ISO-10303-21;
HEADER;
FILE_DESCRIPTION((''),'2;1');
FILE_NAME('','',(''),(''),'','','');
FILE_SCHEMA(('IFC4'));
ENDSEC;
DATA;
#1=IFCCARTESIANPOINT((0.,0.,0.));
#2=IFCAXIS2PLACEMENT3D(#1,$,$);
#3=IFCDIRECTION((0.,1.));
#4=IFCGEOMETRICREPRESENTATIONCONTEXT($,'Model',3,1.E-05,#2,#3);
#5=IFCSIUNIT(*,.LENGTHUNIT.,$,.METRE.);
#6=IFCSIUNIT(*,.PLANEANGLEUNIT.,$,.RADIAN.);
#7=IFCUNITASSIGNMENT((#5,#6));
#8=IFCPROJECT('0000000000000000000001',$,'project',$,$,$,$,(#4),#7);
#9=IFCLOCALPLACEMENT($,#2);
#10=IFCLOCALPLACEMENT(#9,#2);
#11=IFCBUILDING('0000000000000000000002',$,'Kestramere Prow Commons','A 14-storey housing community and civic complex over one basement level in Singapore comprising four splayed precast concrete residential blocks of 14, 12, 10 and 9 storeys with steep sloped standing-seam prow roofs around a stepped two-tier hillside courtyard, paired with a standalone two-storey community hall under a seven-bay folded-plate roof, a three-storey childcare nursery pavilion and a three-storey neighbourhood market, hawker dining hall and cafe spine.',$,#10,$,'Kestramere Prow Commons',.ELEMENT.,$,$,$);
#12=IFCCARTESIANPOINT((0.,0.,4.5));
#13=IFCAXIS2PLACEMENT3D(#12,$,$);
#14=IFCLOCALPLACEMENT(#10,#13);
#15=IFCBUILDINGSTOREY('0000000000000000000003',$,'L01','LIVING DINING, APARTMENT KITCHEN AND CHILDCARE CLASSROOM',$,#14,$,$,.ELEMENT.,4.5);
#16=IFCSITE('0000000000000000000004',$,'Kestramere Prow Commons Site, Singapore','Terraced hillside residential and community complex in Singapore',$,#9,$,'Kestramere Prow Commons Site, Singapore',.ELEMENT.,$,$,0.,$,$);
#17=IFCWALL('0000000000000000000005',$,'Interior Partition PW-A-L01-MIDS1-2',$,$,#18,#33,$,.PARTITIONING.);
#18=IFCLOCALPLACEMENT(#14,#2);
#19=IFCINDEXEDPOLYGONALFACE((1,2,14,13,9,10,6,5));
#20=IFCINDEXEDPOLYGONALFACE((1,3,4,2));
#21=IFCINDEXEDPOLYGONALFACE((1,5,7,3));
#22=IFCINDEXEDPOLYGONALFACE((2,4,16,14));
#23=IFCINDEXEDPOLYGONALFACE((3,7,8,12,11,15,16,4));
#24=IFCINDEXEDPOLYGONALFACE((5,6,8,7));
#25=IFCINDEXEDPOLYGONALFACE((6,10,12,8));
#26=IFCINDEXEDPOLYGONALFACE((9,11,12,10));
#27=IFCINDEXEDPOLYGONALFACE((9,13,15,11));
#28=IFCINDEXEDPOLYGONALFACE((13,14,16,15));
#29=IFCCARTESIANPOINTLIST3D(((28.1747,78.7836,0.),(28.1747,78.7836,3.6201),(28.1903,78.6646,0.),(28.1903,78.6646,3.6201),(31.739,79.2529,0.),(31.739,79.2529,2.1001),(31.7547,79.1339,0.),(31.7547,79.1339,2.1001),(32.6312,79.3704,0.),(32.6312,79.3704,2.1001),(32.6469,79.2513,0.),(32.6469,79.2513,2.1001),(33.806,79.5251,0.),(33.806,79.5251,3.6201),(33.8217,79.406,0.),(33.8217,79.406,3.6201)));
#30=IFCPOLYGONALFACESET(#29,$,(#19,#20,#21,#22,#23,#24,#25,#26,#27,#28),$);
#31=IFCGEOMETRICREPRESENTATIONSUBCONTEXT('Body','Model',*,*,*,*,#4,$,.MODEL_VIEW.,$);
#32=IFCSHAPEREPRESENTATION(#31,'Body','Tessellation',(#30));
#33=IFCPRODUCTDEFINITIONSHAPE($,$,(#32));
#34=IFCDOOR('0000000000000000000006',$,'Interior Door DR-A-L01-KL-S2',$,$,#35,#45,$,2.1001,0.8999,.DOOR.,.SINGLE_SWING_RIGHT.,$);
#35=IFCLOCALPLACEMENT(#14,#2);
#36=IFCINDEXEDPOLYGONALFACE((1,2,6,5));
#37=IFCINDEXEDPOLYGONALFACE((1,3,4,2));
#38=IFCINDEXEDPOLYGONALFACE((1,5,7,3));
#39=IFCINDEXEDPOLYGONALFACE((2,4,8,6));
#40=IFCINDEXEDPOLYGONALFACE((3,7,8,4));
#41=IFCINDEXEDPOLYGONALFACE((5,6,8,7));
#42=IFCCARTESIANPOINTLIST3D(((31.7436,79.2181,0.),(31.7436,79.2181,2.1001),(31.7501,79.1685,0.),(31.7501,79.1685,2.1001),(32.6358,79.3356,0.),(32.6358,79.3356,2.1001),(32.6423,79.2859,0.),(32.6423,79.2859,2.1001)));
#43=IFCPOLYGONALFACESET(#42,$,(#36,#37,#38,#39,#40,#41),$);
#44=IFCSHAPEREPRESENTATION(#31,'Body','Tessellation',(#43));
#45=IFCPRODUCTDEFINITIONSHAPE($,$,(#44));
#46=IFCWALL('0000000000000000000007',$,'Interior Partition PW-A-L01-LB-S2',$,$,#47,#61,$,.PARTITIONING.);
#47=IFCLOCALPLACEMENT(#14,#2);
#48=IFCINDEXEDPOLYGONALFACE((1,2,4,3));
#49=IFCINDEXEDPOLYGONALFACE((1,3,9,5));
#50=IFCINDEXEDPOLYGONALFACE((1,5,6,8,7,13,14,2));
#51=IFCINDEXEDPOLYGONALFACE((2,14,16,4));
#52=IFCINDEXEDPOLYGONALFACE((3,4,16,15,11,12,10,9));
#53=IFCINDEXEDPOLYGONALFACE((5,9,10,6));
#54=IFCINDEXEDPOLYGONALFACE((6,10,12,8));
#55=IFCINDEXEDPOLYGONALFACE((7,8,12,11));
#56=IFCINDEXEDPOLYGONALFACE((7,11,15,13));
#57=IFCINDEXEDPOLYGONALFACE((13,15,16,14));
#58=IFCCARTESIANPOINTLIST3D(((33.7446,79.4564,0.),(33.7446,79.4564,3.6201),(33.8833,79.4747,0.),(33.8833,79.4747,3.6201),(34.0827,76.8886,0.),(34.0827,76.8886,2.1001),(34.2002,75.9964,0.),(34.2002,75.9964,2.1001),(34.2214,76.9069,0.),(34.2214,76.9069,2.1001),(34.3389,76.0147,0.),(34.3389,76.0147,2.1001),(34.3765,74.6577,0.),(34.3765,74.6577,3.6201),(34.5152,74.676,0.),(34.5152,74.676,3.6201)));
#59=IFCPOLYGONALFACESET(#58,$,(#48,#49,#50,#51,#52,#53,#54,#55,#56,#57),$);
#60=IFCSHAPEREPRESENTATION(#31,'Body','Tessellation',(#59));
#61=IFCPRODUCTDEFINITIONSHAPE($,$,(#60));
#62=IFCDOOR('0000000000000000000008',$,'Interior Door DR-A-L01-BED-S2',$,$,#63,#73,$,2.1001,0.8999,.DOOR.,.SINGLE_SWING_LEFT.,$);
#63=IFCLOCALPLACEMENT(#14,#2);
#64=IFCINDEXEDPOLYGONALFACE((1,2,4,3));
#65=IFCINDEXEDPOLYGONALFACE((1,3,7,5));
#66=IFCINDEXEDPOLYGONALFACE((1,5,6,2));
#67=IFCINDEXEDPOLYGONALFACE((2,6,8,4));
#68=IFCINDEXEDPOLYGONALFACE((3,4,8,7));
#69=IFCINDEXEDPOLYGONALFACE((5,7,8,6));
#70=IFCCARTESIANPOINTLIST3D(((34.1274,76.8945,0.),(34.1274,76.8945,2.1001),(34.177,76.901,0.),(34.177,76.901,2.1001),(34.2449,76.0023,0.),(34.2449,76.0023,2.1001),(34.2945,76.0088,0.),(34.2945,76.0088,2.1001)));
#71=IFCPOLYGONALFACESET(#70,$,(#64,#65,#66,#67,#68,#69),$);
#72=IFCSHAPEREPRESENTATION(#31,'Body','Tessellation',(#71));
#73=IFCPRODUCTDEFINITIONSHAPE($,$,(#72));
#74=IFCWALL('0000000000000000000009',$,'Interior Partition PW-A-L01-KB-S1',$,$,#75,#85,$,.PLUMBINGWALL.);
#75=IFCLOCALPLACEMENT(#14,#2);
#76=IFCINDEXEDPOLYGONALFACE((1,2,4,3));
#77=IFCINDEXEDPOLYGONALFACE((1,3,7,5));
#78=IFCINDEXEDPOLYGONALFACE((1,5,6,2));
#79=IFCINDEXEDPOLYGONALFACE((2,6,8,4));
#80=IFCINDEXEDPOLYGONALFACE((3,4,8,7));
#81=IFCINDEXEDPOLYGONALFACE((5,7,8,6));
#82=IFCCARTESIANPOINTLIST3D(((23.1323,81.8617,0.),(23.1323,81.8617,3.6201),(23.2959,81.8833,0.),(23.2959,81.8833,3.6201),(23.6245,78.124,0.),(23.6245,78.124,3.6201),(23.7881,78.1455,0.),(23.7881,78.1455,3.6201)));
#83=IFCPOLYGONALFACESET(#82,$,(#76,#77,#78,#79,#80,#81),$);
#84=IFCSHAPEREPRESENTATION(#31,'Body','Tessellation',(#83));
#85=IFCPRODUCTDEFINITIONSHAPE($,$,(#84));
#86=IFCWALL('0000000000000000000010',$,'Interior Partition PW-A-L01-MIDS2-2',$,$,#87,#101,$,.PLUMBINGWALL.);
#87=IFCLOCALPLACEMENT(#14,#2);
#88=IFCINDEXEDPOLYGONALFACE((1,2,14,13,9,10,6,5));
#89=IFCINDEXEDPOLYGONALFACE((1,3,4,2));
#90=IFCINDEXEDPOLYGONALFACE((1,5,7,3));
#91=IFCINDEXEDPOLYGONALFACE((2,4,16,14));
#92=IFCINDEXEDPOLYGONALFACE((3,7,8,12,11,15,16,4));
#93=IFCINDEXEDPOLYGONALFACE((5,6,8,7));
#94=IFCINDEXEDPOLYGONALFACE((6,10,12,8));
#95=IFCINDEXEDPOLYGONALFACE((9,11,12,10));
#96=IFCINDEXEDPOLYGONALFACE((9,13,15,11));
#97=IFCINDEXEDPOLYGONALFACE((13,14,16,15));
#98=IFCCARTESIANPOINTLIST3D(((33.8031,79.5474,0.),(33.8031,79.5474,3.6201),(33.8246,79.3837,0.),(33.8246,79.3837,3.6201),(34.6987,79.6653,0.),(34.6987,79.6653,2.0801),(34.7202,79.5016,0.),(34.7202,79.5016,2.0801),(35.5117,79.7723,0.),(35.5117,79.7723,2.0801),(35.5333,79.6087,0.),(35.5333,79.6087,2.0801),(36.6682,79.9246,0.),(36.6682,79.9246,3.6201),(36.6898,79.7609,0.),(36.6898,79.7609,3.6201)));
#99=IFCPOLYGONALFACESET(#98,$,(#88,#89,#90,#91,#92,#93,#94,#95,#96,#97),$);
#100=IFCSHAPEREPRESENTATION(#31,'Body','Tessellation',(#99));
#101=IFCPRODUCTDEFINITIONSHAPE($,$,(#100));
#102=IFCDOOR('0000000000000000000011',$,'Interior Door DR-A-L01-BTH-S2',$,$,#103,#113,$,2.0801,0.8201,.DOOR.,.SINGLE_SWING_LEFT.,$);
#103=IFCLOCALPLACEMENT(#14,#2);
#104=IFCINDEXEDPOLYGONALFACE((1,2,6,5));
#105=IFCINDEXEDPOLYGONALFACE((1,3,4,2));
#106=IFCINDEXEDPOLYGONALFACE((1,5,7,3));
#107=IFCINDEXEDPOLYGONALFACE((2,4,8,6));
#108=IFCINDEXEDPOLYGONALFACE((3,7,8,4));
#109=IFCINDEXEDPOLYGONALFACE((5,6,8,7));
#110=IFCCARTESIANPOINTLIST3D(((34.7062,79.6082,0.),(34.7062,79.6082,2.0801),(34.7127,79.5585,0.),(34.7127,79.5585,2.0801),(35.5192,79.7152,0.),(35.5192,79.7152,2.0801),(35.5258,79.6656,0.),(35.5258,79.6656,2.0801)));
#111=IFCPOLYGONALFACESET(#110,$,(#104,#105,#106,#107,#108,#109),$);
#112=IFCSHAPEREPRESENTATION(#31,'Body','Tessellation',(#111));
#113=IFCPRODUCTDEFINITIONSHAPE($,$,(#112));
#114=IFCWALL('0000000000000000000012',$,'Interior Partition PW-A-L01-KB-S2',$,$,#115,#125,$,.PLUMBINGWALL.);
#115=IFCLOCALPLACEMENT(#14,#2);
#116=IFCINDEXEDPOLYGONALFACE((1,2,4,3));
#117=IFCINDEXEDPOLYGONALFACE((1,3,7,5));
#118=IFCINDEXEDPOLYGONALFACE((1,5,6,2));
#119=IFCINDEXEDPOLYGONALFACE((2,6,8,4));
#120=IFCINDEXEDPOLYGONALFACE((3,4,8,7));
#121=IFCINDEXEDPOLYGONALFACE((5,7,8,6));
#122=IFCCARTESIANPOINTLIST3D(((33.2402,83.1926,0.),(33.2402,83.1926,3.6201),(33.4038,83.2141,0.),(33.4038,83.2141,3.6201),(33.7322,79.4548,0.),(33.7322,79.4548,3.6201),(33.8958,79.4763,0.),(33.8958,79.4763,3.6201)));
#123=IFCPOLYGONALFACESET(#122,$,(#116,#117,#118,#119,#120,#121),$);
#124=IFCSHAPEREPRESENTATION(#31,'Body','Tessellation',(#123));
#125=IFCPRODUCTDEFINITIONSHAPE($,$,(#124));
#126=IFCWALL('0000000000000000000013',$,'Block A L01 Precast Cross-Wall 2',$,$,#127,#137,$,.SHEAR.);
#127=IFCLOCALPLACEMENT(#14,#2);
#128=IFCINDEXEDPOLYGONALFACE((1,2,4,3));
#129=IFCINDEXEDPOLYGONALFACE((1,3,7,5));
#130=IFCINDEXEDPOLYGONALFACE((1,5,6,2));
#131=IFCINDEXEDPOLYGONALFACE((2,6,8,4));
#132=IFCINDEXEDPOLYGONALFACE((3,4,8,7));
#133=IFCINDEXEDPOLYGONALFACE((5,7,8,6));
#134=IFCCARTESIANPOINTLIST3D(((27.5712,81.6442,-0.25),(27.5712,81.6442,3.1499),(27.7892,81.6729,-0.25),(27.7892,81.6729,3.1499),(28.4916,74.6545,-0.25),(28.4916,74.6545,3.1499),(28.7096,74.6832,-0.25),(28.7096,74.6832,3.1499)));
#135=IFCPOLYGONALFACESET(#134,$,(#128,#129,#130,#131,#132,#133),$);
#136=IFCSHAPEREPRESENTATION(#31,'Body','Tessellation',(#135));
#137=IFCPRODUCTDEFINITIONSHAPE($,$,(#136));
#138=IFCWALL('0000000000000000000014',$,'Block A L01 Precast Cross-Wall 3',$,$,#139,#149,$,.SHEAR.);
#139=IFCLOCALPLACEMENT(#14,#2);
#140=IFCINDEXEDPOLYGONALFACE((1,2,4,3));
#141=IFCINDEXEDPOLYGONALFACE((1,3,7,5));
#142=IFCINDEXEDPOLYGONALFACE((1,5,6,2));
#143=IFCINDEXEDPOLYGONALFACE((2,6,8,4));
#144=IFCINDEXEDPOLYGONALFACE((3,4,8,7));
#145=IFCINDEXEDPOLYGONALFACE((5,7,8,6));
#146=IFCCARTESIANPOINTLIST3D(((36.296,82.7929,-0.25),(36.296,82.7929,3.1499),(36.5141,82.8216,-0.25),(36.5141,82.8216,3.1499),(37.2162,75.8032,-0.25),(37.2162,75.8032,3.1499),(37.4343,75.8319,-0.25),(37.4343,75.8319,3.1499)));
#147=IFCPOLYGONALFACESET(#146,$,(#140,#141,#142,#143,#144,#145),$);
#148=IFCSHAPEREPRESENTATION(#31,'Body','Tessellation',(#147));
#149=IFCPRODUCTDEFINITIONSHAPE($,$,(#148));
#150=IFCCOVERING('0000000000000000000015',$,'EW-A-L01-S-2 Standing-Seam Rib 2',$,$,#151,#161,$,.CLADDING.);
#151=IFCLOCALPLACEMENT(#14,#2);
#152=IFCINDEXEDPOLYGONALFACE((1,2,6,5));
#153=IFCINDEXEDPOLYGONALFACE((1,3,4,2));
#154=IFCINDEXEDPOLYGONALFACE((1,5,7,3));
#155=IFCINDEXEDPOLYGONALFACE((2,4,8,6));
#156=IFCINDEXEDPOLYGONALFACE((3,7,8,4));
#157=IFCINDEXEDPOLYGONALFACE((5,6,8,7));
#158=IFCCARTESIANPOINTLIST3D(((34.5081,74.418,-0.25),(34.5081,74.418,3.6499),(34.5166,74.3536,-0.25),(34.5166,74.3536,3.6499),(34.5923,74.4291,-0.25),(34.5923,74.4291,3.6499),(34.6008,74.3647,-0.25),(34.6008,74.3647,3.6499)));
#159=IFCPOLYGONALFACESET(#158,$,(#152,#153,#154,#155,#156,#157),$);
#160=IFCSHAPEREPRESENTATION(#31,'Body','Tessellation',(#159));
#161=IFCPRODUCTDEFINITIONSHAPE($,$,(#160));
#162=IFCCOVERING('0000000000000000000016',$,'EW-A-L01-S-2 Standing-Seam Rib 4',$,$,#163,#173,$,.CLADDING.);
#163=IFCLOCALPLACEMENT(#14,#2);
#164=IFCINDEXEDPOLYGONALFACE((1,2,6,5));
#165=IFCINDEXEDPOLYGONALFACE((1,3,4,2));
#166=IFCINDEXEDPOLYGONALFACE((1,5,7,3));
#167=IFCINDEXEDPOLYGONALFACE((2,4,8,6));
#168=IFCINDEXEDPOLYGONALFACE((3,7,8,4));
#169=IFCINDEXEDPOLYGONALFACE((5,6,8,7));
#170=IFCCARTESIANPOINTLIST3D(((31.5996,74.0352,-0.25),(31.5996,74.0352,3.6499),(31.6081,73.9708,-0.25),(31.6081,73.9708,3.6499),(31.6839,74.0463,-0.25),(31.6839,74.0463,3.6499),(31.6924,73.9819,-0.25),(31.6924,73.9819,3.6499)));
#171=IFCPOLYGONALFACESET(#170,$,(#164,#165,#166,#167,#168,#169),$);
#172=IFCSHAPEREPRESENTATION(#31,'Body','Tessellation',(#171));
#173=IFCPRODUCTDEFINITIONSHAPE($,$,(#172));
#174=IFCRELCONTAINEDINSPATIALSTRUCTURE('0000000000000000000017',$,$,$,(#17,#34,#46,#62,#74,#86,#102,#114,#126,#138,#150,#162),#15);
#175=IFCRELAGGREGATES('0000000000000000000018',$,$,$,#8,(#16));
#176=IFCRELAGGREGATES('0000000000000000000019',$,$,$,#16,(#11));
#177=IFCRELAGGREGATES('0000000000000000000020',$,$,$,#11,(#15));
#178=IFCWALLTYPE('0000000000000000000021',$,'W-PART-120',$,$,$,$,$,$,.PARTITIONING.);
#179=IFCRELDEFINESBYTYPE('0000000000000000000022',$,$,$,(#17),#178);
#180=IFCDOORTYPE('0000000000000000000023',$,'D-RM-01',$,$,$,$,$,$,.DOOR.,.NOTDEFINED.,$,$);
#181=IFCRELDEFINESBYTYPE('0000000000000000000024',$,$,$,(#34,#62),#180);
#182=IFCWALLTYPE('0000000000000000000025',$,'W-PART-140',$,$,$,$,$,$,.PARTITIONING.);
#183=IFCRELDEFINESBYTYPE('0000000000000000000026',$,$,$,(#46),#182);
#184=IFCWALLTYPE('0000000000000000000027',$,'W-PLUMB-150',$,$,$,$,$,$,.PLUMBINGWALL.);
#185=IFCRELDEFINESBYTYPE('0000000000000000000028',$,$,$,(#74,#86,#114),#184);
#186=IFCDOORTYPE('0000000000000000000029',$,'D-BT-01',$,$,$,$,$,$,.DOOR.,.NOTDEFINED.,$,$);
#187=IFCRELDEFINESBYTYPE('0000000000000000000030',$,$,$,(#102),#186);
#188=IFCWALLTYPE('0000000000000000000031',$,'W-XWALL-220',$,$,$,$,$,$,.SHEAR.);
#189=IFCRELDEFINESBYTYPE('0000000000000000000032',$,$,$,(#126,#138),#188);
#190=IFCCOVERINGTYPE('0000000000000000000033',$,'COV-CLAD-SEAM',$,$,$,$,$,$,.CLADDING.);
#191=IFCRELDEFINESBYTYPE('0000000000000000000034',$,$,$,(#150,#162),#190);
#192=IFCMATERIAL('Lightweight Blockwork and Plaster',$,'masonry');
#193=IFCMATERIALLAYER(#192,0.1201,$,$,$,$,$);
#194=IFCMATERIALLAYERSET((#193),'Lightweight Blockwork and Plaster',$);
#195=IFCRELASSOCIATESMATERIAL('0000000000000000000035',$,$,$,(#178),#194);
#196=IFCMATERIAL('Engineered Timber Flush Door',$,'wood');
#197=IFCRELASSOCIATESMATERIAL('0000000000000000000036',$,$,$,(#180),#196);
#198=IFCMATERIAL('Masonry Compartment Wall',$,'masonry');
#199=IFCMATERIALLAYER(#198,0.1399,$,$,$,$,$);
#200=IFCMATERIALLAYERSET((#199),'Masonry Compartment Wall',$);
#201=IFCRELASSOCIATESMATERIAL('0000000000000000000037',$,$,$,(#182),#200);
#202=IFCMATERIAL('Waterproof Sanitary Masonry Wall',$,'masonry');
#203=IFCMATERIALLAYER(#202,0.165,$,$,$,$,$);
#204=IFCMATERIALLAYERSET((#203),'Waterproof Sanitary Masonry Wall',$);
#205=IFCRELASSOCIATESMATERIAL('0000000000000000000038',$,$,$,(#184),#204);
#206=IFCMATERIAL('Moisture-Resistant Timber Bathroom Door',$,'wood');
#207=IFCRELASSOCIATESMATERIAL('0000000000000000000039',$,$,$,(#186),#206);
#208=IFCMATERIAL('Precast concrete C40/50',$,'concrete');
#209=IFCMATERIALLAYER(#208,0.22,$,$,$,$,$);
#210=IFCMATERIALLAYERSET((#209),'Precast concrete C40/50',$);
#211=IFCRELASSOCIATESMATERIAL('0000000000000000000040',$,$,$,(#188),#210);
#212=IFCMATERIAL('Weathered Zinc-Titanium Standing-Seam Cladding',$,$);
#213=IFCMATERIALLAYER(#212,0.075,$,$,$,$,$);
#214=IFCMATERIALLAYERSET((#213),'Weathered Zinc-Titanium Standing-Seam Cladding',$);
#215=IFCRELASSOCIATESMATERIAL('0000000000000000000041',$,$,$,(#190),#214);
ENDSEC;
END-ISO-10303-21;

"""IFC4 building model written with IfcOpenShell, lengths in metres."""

from ifc_helpers import new_model, si_unit, direction, frame, frame_2d, origin, origin_2d, place, context, subcontext, project, spatial, rectangle, extrude, material, layer, layer_set, type_object, element, fill, save


model = new_model("IFC4")

# Units and contexts
model_context = context("Model", 3, precision=1e-05, world=origin(), true_north=direction((0.0, 1.0)))
body_context = subcontext(model_context, "Body", "Model", "MODEL_VIEW")
ifc_project = project(units=[si_unit("LENGTHUNIT", "METRE"), si_unit("PLANEANGLEUNIT", "RADIAN")], contexts=[model_context])

# Site, building, storey
site_placement = place(None, origin())
site = spatial("IfcSite", under=ifc_project, at=site_placement, Name="Kestramere Prow Commons Site, Singapore", Description="Terraced hillside residential and community complex in Singapore", LongName="Kestramere Prow Commons Site, Singapore", CompositionType="ELEMENT", RefElevation=0.0)
building_placement = place(site_placement, origin())
building = spatial("IfcBuilding", under=site, at=building_placement, Name="Kestramere Prow Commons", Description="A 14-storey housing community and civic complex over one basement level in Singapore comprising four splayed precast concrete residential blocks of 14, 12, 10 and 9 storeys with steep sloped standing-seam prow roofs around a stepped two-tier hillside courtyard, paired with a standalone two-storey community hall under a seven-bay folded-plate roof, a three-storey childcare nursery pavilion and a three-storey neighbourhood market, hawker dining hall and cafe spine.", LongName="Kestramere Prow Commons", CompositionType="ELEMENT")
storey_placement = place(building_placement, frame((0.0, 0.0, 4.5)))
storey = spatial("IfcBuildingStorey", under=building, at=storey_placement, Name="L01", Description="LIVING DINING, APARTMENT KITCHEN AND CHILDCARE CLASSROOM", CompositionType="ELEMENT", Elevation=4.5)

# Shared definitions
ifc_material_1 = material(Name="Precast concrete C40/50", Category="concrete")

# Walls, openings, doors
ifc_material_2 = material(Name="Lightweight Blockwork and Plaster", Category="masonry")
ifc_layer_1 = layer(ifc_material_2, 0.1201)
ifc_layer_set_1 = layer_set([ifc_layer_1], Name="Lightweight Blockwork and Plaster")
wall_type_1 = type_object("IfcWallType", Name="W-PART-120", PredefinedType="PARTITIONING", material=ifc_layer_set_1)
wall_1_placement = place(storey_placement, frame((28.1826, 78.7241, 0.0), z_axis=(0.0, 0.0, 1.0), x_axis=(0.991443, 0.130539, 0.0)))
wall_1 = element("IfcWall", 1, at=wall_1_placement, inside=storey, type_object=wall_type_1, Name="Interior Partition PW-A-L01-MIDS1-2", PredefinedType="PARTITIONING", context=body_context, shape_type="SweptSolid", body=[
    extrude(rectangle(XDim=5.6799, YDim=0.1201, at=frame_2d((2.8398, 0.0))), origin(), (0.0, 0.0, 1.0), 3.6201),
])
opening_1_placement = place(wall_1_placement, frame((3.595, 0.0, 0.0)))
opening_1 = element("IfcOpeningElement", 2, at=opening_1_placement, cuts=wall_1, PredefinedType="OPENING", context=body_context, shape_type="SweptSolid", body=[
    extrude(rectangle(XDim=0.8999, YDim=2.1001, at=frame_2d((0.45, 1.05))), frame((0.0, 0.075, 0.0), z_axis=(0.0, -1.0, 0.0), x_axis=(1.0, 0.0, 0.0)), (0.0, 0.0, 1.0), 0.1501),
])
ifc_material_3 = material(Name="Engineered Timber Flush Door", Category="wood")
door_type_1 = type_object("IfcDoorType", Name="D-RM-01", OperationType="NOTDEFINED", PredefinedType="DOOR", material=ifc_material_3)
door_1_placement = place(opening_1_placement, origin())
door_1 = element("IfcDoor", 3, at=door_1_placement, inside=storey, type_object=door_type_1, Name="Interior Door DR-A-L01-KL-S2", OperationType="SINGLE_SWING_RIGHT", OverallHeight=2.1001, OverallWidth=0.8999, PredefinedType="DOOR", context=body_context, shape_type="SweptSolid", body=[
    extrude(rectangle(XDim=0.8999, YDim=2.1001, at=frame_2d((0.45, 1.05))), frame((0.0, 0.0249, 0.0), z_axis=(0.0, -1.0, 0.0), x_axis=(1.0, 0.0, 0.0)), (0.0, 0.0, 1.0), 0.05),
])
fill(opening_1, door_1)
ifc_material_4 = material(Name="Masonry Compartment Wall", Category="masonry")
ifc_layer_2 = layer(ifc_material_4, 0.1399)
ifc_layer_set_2 = layer_set([ifc_layer_2], Name="Masonry Compartment Wall")
wall_type_2 = type_object("IfcWallType", Name="W-PART-140", PredefinedType="PARTITIONING", material=ifc_layer_set_2)
wall_2_placement = place(storey_placement, frame((34.4458, 74.667, 0.0), z_axis=(0.0, 0.0, 1.0), x_axis=(-0.130545, 0.991442, 0.0)))
wall_2 = element("IfcWall", 4, at=wall_2_placement, inside=storey, type_object=wall_type_2, Name="Interior Partition PW-A-L01-LB-S2", PredefinedType="PARTITIONING", context=body_context, shape_type="SweptSolid", body=[
    extrude(rectangle(XDim=4.8401, YDim=0.1399, at=frame_2d((2.4199, 0.0))), origin(), (0.0, 0.0, 1.0), 3.6201),
])
opening_2_placement = place(wall_2_placement, frame((1.3501, 0.0, 0.0)))
opening_2 = element("IfcOpeningElement", 5, at=opening_2_placement, cuts=wall_2, PredefinedType="OPENING", context=body_context, shape_type="SweptSolid", body=[
    extrude(rectangle(XDim=0.8999, YDim=2.1001, at=frame_2d((0.45, 1.05))), frame((0.0, 0.085, 0.0), z_axis=(0.0, -1.0, 0.0), x_axis=(1.0, 0.0, 0.0)), (0.0, 0.0, 1.0), 0.1699),
])
door_2_placement = place(opening_2_placement, origin())
door_2 = element("IfcDoor", 6, at=door_2_placement, inside=storey, type_object=door_type_1, Name="Interior Door DR-A-L01-BED-S2", OperationType="SINGLE_SWING_LEFT", OverallHeight=2.1001, OverallWidth=0.8999, PredefinedType="DOOR", context=body_context, shape_type="SweptSolid", body=[
    extrude(rectangle(XDim=0.8999, YDim=2.1001, at=frame_2d((0.45, 1.05))), frame((0.0, 0.0249, 0.0), z_axis=(0.0, -1.0, 0.0), x_axis=(1.0, 0.0, 0.0)), (0.0, 0.0, 1.0), 0.05),
])
fill(opening_2, door_2)

# Wall
ifc_material_5 = material(Name="Waterproof Sanitary Masonry Wall", Category="masonry")
ifc_layer_3 = layer(ifc_material_5, 0.165)
ifc_layer_set_3 = layer_set([ifc_layer_3], Name="Waterproof Sanitary Masonry Wall")
wall_type_3 = type_object("IfcWallType", Name="W-PLUMB-150", PredefinedType="PLUMBINGWALL", material=ifc_layer_set_3)
wall_3_placement = place(storey_placement, frame((23.7063, 78.1348, 0.0), z_axis=(0.0, 0.0, 1.0), x_axis=(-0.130552, 0.991442, 0.0)))
element("IfcWall", 7, at=wall_3_placement, inside=storey, type_object=wall_type_3, Name="Interior Partition PW-A-L01-KB-S1", PredefinedType="PLUMBINGWALL", context=body_context, shape_type="SweptSolid", body=[
    extrude(rectangle(XDim=3.77, YDim=0.165, at=frame_2d((1.885, 0.0))), origin(), (0.0, 0.0, 1.0), 3.6201),
])

# Wall, opening, door
wall_4_placement = place(storey_placement, frame((33.814, 79.4656, 0.0), z_axis=(0.0, 0.0, 1.0), x_axis=(0.991446, 0.13052, 0.0)))
wall_4 = element("IfcWall", 8, at=wall_4_placement, inside=storey, type_object=wall_type_3, Name="Interior Partition PW-A-L01-MIDS2-2", PredefinedType="PLUMBINGWALL", context=body_context, shape_type="SweptSolid", body=[
    extrude(rectangle(XDim=2.8899, YDim=0.165, at=frame_2d((1.4448, 0.0))), origin(), (0.0, 0.0, 1.0), 3.6201),
])
opening_3_placement = place(wall_4_placement, frame((0.9031, 0.0, 0.0)))
opening_3 = element("IfcOpeningElement", 9, at=opening_3_placement, cuts=wall_4, PredefinedType="OPENING", context=body_context, shape_type="SweptSolid", body=[
    extrude(rectangle(XDim=0.8201, YDim=2.0801, at=frame_2d((0.4102, 1.04))), frame((0.0, 0.0974, 0.0), z_axis=(0.0, -1.0, 0.0), x_axis=(1.0, 0.0, 0.0)), (0.0, 0.0, 1.0), 0.1951),
])
ifc_material_6 = material(Name="Moisture-Resistant Timber Bathroom Door", Category="wood")
door_type_2 = type_object("IfcDoorType", Name="D-BT-01", OperationType="NOTDEFINED", PredefinedType="DOOR", material=ifc_material_6)
door_3_placement = place(opening_3_placement, origin())
door_3 = element("IfcDoor", 10, at=door_3_placement, inside=storey, type_object=door_type_2, Name="Interior Door DR-A-L01-BTH-S2", OperationType="SINGLE_SWING_LEFT", OverallHeight=2.0801, OverallWidth=0.8201, PredefinedType="DOOR", context=body_context, shape_type="SweptSolid", body=[
    extrude(rectangle(XDim=0.8201, YDim=2.0801, at=frame_2d((0.4102, 1.04))), frame((0.0, 0.0249, 0.0), z_axis=(0.0, -1.0, 0.0), x_axis=(1.0, 0.0, 0.0)), (0.0, 0.0, 1.0), 0.05),
])
fill(opening_3, door_3)

# Walls
wall_5_placement = place(storey_placement, frame((33.814, 79.4656, 0.0), z_axis=(0.0, 0.0, 1.0), x_axis=(-0.130488, 0.99145, 0.0)))
element("IfcWall", 11, at=wall_5_placement, inside=storey, type_object=wall_type_3, Name="Interior Partition PW-A-L01-KB-S2", PredefinedType="PLUMBINGWALL", context=body_context, shape_type="SweptSolid", body=[
    extrude(rectangle(XDim=3.77, YDim=0.165, at=frame_2d((1.885, 0.0))), origin(), (0.0, 0.0, 1.0), 3.6201),
])
ifc_layer_4 = layer(ifc_material_1, 0.22)
ifc_layer_set_4 = layer_set([ifc_layer_4], Name="Precast concrete C40/50")
wall_type_4 = type_object("IfcWallType", Name="W-XWALL-220", PredefinedType="SHEAR", material=ifc_layer_set_4)
for number, where, z_axis, x_axis, name in (
    (12, (28.6006, 74.6689, -0.25), (0.0, 0.0, 1.0), (-0.130553, 0.991441, 0.0), "Block A L01 Precast Cross-Wall 2"),
    (13, (37.3252, 75.8176, -0.25), (0.0, 0.0, 1.0), (-0.130519, 0.991446, 0.0), "Block A L01 Precast Cross-Wall 3"),
):
    element("IfcWall", number, at=place(storey_placement, frame(where, z_axis=z_axis, x_axis=x_axis)), inside=storey, type_object=wall_type_4, Name=name, PredefinedType="SHEAR", context=body_context, shape_type="SweptSolid", body=[
        extrude(rectangle(XDim=7.05, YDim=0.22, at=frame_2d((3.5249, 0.0))), origin(), (0.0, 0.0, 1.0), 3.3999),
    ])

# Coverings
ifc_material_7 = material(Name="Weathered Zinc-Titanium Standing-Seam Cladding")
ifc_layer_5 = layer(ifc_material_7, 0.075)
ifc_layer_set_5 = layer_set([ifc_layer_5], Name="Weathered Zinc-Titanium Standing-Seam Cladding")
covering_type = type_object("IfcCoveringType", Name="COV-CLAD-SEAM", PredefinedType="CLADDING", material=ifc_layer_set_5)
for number, where, z_axis, x_axis, name in (
    (14, (34.5544, 74.3914, -0.25), (0.0, 0.0, 1.0), (-0.991445, -0.130526, 0.0), "EW-A-L01-S-2 Standing-Seam Rib 2"),
    (15, (31.646, 74.0085, -0.25), (0.0, 0.0, 1.0), (-0.991445, -0.130526, 0.0), "EW-A-L01-S-2 Standing-Seam Rib 4"),
):
    element("IfcCovering", number, at=place(storey_placement, frame(where, z_axis=z_axis, x_axis=x_axis)), inside=storey, type_object=covering_type, Name=name, PredefinedType="CLADDING", context=body_context, shape_type="SweptSolid", body=[
        extrude(rectangle(XDim=0.085, YDim=0.0649, at=origin_2d()), origin(), (0.0, 0.0, 1.0), 3.8999),
    ])

save(model, "model.ifc")
